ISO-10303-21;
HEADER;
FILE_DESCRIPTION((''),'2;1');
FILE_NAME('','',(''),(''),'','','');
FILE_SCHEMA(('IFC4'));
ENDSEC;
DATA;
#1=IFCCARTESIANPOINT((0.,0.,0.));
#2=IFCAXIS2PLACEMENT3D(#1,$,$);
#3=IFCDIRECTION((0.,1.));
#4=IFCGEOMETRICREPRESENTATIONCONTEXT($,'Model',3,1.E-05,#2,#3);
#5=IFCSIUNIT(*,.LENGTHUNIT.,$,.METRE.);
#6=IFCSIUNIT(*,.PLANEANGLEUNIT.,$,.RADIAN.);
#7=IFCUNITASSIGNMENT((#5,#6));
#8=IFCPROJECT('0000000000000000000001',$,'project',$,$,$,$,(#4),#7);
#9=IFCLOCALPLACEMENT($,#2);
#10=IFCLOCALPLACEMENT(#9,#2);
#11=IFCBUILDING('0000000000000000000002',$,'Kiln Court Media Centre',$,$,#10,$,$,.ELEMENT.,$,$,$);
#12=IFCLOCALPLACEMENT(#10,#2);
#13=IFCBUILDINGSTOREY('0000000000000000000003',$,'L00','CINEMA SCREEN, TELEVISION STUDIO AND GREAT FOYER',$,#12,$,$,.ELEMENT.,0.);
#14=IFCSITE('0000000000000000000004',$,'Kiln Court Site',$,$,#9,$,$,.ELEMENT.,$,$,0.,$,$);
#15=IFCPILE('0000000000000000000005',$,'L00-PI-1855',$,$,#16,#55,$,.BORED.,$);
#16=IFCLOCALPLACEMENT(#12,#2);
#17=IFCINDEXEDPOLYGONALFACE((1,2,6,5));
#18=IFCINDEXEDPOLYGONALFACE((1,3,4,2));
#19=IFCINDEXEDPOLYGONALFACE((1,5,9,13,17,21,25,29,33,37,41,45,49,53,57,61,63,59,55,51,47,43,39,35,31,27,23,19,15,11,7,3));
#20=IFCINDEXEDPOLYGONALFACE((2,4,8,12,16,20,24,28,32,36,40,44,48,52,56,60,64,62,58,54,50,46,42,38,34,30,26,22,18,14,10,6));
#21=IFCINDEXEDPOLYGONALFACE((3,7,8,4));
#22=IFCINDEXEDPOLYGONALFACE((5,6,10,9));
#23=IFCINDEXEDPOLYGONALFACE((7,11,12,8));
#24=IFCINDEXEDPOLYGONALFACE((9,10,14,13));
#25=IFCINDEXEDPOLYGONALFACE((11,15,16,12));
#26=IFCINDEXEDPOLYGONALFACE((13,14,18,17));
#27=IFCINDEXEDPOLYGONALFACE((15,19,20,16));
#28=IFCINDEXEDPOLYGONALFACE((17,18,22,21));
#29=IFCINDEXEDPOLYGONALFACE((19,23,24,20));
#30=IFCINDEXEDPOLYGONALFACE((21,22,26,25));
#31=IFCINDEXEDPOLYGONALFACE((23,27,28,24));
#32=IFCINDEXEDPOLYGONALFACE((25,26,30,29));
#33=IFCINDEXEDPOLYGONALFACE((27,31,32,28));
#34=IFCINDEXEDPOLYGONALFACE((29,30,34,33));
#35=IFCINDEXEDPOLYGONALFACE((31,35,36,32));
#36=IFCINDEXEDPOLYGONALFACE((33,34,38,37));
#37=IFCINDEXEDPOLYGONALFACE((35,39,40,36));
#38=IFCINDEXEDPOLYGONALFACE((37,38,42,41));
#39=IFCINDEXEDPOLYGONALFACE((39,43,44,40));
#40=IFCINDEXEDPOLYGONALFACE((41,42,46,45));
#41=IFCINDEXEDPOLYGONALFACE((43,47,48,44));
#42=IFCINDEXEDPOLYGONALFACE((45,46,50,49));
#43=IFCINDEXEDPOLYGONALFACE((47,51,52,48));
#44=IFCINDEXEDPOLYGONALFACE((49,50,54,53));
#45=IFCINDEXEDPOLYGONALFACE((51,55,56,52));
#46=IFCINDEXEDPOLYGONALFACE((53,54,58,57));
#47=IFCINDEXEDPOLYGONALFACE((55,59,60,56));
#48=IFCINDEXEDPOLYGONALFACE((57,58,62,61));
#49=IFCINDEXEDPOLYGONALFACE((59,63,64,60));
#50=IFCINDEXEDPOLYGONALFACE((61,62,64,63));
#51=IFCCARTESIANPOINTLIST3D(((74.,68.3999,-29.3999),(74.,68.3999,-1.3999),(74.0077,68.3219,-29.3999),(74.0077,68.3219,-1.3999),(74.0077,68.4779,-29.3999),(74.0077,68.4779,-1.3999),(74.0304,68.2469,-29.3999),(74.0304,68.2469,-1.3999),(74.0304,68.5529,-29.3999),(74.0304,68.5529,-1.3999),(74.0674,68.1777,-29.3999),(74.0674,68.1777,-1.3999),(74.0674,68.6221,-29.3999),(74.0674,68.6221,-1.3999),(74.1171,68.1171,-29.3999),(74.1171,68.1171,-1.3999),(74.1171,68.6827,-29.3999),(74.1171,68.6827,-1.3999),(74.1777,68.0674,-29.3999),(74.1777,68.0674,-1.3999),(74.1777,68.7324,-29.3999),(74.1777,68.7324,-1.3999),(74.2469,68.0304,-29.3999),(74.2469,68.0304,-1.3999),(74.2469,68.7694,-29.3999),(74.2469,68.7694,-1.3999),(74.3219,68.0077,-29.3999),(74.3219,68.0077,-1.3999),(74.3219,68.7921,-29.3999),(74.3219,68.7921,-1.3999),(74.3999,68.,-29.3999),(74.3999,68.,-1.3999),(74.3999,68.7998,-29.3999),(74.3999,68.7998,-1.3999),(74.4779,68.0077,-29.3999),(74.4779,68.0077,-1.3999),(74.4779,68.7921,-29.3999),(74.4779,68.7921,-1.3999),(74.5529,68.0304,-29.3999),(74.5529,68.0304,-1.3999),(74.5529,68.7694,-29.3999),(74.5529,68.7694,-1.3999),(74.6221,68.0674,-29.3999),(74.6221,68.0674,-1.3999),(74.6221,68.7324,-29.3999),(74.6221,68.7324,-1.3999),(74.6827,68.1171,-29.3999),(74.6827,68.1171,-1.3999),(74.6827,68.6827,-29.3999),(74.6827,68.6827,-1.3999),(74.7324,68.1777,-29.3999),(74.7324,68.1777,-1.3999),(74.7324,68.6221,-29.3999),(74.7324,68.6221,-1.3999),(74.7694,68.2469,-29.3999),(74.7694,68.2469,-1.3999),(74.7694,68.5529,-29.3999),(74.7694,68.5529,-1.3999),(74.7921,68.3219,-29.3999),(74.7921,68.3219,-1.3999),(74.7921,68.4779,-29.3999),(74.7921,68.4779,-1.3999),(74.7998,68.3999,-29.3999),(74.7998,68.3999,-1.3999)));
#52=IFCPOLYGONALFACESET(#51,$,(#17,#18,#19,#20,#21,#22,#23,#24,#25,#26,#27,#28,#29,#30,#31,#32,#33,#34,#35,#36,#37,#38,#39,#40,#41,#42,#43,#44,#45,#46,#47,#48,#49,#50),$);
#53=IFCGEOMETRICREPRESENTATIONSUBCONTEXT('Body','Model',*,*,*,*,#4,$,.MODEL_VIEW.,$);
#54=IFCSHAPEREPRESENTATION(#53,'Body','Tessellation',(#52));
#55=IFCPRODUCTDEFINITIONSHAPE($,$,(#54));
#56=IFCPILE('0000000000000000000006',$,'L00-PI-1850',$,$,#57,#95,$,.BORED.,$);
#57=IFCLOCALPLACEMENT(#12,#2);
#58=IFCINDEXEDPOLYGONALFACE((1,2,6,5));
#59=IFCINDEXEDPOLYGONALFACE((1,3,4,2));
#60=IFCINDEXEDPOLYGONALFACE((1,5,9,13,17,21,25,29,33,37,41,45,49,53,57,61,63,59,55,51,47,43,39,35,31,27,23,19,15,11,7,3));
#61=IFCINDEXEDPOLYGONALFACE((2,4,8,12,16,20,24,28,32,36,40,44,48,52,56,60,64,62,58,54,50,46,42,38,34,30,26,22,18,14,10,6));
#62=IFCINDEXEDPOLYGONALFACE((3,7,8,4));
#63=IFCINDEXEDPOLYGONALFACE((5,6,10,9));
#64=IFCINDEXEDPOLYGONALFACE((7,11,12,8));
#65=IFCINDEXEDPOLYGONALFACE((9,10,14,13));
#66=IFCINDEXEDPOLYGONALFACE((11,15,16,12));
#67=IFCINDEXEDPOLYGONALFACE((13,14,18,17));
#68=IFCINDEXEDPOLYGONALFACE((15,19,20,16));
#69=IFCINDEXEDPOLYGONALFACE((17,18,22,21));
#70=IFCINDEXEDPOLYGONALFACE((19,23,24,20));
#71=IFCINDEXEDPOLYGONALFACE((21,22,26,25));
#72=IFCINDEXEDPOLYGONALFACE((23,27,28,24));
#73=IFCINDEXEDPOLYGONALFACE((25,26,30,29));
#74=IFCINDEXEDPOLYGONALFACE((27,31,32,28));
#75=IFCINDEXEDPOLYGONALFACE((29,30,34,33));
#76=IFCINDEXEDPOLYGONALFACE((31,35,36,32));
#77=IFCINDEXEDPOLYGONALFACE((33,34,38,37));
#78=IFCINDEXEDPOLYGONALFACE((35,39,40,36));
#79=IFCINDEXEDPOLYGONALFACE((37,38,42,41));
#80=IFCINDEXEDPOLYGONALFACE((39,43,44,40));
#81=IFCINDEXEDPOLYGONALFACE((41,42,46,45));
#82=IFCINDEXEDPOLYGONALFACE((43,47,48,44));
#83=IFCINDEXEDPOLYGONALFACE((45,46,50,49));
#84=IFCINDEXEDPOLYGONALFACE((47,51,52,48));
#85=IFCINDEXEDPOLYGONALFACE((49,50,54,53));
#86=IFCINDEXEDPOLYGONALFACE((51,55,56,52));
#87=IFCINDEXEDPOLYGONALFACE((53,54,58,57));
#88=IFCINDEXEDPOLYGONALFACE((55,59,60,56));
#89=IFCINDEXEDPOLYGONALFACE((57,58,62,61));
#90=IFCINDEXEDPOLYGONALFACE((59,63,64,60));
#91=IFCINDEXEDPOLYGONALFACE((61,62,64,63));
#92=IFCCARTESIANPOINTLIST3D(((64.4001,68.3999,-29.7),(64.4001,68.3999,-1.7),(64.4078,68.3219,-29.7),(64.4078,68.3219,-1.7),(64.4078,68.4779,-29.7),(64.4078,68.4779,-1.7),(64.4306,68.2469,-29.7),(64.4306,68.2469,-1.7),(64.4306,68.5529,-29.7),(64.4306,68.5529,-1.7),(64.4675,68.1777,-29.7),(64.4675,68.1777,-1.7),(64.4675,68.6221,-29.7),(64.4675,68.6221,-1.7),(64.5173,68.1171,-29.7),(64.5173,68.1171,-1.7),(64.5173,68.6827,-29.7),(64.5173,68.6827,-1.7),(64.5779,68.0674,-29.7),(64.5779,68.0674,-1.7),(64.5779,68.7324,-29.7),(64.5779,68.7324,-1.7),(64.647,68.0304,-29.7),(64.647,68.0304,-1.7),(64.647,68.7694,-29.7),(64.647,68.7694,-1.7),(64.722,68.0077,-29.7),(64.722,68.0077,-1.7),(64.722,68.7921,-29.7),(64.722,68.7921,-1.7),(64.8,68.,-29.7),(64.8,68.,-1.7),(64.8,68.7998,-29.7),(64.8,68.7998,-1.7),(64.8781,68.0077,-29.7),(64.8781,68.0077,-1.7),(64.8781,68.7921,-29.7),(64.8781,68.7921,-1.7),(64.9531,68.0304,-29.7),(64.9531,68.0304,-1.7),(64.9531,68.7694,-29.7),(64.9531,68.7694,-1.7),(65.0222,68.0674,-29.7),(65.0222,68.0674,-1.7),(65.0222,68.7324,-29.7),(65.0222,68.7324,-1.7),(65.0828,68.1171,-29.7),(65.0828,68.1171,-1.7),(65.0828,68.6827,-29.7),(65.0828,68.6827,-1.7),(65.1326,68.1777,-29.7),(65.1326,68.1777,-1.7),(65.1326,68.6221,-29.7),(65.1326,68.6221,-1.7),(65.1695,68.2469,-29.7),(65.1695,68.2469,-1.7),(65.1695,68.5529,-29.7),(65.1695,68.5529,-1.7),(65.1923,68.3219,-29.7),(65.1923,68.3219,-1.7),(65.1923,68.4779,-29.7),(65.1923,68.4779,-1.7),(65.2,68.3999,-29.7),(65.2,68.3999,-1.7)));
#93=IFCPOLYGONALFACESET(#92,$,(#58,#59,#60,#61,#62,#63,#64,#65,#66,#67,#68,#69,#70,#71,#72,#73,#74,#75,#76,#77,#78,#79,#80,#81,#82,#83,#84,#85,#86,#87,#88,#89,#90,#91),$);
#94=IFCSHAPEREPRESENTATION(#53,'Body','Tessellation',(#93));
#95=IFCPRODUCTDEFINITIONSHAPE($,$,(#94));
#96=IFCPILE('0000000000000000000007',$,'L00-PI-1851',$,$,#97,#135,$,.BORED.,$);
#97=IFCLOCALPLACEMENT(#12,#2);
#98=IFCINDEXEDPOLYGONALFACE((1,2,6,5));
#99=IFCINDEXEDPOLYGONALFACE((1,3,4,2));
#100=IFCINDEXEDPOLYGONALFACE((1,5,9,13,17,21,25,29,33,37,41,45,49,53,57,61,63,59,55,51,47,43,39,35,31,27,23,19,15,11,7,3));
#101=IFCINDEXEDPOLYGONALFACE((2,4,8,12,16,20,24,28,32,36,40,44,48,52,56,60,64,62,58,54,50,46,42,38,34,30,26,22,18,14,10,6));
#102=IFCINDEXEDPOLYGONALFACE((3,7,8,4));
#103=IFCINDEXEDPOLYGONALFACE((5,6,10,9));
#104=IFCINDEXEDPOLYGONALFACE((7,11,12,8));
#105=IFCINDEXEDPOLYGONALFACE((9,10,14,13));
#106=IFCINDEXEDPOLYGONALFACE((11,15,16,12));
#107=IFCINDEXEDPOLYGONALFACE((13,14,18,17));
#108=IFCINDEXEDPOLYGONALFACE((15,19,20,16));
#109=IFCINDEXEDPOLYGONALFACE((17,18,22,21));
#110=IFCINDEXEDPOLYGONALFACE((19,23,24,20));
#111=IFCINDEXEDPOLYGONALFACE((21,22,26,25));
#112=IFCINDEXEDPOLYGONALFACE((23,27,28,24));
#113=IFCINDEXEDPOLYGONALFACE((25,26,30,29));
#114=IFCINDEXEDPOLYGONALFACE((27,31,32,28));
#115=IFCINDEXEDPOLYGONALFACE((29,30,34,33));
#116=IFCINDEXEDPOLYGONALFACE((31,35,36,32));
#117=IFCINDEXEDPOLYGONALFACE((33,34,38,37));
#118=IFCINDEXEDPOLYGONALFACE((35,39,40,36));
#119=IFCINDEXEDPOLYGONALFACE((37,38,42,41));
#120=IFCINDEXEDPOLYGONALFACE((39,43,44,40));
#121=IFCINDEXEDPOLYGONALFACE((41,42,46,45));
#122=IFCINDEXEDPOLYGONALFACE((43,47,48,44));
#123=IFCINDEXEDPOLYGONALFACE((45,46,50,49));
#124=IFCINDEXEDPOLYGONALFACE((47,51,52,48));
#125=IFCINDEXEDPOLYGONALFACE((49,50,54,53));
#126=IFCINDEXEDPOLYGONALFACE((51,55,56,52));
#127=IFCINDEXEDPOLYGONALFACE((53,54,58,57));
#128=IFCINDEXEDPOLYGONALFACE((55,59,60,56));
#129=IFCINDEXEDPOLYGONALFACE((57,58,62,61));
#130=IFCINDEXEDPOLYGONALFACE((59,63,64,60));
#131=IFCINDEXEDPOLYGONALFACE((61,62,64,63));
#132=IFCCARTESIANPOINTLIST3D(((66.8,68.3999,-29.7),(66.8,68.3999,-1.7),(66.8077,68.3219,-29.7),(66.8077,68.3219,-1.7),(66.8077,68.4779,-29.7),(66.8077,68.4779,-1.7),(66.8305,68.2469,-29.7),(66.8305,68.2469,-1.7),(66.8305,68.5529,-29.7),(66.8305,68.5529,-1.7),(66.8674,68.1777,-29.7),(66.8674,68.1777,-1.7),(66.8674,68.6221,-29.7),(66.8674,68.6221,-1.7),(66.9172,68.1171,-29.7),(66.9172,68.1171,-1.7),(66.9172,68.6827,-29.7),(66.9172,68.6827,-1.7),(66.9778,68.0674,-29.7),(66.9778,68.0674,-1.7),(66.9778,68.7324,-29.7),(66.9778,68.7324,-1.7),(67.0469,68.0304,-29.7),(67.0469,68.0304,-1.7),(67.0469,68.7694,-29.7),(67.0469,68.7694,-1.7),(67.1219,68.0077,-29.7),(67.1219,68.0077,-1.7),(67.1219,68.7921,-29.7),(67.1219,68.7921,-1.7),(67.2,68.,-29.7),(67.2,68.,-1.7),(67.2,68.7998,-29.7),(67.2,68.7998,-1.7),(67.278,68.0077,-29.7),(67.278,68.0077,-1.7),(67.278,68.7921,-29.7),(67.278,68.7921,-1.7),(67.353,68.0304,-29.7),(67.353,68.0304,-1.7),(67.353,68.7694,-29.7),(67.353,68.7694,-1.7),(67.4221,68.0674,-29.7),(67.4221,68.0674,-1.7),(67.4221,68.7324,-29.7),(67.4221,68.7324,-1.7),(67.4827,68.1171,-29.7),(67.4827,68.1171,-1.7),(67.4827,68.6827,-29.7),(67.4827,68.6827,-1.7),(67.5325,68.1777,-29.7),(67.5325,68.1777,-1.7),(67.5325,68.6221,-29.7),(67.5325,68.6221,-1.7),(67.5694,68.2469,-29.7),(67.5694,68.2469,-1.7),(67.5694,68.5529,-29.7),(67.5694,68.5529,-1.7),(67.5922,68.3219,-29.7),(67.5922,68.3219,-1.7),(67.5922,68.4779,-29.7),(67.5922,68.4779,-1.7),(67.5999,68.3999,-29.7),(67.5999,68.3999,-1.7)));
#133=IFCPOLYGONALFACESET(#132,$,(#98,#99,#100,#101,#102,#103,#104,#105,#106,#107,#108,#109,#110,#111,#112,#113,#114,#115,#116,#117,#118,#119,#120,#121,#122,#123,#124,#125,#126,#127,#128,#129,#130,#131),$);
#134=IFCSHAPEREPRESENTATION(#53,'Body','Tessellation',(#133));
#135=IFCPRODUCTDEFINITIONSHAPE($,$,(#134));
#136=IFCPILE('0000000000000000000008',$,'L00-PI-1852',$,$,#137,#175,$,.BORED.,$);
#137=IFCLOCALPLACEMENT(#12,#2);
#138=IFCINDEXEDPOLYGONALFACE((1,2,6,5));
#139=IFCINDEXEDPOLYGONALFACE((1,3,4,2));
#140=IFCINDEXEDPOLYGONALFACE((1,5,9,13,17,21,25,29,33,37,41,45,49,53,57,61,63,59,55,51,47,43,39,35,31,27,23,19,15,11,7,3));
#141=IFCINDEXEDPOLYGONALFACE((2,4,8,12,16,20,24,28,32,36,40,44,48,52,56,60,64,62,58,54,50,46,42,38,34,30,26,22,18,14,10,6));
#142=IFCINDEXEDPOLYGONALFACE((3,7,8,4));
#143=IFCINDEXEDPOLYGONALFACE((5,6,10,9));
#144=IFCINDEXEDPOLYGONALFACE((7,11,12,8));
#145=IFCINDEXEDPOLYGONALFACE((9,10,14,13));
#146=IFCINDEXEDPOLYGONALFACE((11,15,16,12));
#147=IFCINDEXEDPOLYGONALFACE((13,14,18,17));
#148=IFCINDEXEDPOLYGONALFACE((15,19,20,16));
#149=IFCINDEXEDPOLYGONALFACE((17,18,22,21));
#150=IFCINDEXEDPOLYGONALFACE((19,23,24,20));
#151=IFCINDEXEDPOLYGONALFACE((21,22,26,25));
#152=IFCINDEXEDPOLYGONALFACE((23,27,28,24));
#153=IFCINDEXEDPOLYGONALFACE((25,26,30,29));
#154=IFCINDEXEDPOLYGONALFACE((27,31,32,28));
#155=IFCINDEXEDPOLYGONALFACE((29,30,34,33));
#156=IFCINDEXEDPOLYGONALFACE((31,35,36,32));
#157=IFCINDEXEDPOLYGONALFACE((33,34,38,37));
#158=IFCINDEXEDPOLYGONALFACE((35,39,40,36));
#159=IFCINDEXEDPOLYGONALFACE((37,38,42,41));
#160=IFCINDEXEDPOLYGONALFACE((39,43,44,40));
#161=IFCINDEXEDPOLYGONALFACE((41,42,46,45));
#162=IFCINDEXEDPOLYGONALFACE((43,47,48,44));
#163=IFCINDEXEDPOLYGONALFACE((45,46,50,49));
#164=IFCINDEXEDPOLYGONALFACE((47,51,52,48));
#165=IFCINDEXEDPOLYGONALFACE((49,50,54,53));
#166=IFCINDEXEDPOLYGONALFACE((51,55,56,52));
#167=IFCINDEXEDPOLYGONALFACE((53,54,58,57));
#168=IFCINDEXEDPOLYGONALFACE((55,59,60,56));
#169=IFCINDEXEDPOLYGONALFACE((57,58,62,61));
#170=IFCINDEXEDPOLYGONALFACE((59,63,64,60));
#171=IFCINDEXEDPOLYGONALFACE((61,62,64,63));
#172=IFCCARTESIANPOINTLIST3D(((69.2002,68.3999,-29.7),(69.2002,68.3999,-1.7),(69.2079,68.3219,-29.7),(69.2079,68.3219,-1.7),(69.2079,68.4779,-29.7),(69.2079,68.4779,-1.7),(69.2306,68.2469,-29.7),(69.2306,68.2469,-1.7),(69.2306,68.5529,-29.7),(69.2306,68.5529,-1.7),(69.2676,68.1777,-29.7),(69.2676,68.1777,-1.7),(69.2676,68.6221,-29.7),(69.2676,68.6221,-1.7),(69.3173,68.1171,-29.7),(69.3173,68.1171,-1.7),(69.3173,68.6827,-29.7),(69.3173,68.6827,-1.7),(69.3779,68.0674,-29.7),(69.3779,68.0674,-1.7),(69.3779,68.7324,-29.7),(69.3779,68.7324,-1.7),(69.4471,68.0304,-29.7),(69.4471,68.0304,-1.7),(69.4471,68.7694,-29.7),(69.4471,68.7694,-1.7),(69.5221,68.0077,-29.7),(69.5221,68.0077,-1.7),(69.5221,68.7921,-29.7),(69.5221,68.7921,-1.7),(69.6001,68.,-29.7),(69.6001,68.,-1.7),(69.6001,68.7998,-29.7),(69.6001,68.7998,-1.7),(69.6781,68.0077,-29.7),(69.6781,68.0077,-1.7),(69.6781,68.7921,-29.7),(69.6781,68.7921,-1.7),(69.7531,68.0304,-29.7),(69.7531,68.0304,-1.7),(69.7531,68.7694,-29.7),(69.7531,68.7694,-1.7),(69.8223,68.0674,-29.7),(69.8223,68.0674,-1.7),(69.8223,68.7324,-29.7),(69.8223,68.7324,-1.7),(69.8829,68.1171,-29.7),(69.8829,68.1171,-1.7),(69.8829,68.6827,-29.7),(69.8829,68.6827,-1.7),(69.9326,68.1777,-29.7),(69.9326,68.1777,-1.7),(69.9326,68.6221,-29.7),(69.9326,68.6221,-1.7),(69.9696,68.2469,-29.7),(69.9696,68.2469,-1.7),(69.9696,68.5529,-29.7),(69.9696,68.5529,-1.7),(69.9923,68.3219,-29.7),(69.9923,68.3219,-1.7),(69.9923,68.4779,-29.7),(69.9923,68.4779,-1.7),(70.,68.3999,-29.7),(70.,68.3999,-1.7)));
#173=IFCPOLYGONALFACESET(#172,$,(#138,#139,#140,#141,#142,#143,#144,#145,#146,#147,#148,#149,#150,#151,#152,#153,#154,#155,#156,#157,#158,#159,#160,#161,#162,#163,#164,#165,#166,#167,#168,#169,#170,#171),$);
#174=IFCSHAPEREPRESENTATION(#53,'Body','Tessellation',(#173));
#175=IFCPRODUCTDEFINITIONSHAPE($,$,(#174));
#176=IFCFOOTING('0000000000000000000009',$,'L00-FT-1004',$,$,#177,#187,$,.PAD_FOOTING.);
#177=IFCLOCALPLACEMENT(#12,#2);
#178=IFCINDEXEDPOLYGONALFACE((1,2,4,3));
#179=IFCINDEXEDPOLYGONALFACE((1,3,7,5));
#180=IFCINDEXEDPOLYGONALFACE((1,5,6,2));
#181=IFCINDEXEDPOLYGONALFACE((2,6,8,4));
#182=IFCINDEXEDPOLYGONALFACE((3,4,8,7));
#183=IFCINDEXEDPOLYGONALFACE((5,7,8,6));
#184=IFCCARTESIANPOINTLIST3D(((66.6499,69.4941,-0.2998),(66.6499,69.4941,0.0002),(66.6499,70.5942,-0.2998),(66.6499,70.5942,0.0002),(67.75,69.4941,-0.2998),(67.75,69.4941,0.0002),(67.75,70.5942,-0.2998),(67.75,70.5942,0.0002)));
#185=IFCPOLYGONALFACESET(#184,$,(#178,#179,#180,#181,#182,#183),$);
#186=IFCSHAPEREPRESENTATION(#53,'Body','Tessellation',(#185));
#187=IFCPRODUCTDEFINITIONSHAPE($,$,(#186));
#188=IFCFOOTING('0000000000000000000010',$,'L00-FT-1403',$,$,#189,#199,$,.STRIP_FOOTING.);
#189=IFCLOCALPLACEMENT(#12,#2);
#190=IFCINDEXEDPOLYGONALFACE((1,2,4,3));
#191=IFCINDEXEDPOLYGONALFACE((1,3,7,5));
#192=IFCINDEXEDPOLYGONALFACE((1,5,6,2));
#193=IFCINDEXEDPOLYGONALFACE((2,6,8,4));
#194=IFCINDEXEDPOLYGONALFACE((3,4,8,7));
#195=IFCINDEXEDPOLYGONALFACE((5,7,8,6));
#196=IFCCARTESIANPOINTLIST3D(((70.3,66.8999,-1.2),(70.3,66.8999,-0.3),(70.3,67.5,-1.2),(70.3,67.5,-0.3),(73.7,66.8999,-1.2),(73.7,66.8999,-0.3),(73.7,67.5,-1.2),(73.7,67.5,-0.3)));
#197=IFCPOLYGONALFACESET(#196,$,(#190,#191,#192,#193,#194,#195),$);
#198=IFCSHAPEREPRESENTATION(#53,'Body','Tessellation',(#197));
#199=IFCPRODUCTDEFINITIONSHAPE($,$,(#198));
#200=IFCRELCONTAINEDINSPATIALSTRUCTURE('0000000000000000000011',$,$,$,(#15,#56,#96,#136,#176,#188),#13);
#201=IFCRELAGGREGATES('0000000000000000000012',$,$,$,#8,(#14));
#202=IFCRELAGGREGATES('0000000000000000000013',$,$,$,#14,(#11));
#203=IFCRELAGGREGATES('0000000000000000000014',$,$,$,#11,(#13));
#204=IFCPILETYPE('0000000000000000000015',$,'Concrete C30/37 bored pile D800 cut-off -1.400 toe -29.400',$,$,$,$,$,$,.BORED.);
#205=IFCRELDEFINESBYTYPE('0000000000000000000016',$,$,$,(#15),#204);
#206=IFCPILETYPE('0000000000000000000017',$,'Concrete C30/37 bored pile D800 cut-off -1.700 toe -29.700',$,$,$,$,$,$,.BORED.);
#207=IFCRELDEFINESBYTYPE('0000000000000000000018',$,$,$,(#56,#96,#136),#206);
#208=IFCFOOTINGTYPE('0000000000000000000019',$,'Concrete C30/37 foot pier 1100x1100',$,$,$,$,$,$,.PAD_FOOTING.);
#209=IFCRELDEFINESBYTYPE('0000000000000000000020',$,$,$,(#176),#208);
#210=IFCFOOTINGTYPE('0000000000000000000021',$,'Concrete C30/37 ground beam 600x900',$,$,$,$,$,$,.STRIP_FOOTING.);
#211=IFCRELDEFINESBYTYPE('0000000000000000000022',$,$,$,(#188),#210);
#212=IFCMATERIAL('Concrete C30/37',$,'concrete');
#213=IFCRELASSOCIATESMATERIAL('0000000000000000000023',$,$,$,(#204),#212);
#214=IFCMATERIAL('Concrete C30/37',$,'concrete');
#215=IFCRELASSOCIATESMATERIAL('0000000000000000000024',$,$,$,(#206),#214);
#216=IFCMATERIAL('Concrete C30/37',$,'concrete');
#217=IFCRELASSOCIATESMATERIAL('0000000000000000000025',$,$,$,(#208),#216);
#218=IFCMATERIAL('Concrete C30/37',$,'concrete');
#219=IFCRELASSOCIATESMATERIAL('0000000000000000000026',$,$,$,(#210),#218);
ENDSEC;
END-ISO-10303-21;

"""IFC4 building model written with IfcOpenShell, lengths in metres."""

from ifc_helpers import new_model, si_unit, direction, frame, origin, origin_2d, place, context, subcontext, project, spatial, rectangle, circle, extrude, material, material_profile, profile_set, type_object, element, save


model = new_model("IFC4")

# Units and contexts
model_context = context("Model", 3, precision=1e-05, world=origin(), true_north=direction((0.0, 1.0)))
body_context = subcontext(model_context, "Body", "Model", "MODEL_VIEW")
ifc_project = project(units=[si_unit("LENGTHUNIT", "METRE"), si_unit("PLANEANGLEUNIT", "RADIAN")], contexts=[model_context])

# Site, building, storey
site_placement = place(None, origin())
site = spatial("IfcSite", under=ifc_project, at=site_placement, Name="Kiln Court Site", CompositionType="ELEMENT", RefElevation=0.0)
building_placement = place(site_placement, origin())
building = spatial("IfcBuilding", under=site, at=building_placement, Name="Kiln Court Media Centre", CompositionType="ELEMENT")
storey_placement = place(building_placement, origin())
storey = spatial("IfcBuildingStorey", under=building, at=storey_placement, Name="L00", Description="CINEMA SCREEN, TELEVISION STUDIO AND GREAT FOYER", CompositionType="ELEMENT", Elevation=0.0)

# Piles
ifc_material_1 = material(Name="Concrete C30/37", Category="concrete")
ifc_material_profile_1 = material_profile(ifc_material_1, circle(Radius=0.3999, at=origin_2d()), Name="PILE D800")
ifc_profile_set_1 = profile_set([ifc_material_profile_1], Name="Concrete C30/37")
pile_type_1 = type_object("IfcPileType", Name="Concrete C30/37 bored pile D800 cut-off -1.400 toe -29.400", PredefinedType="BORED", material=ifc_profile_set_1)
pile_placement = place(storey_placement, frame((74.3999, 68.3999, -1.3999), z_axis=(0.0, 0.0, -1.0), x_axis=(1.0, 0.0, 0.0)))
element("IfcPile", 1, at=pile_placement, inside=storey, type_object=pile_type_1, Name="L00-PI-1855", PredefinedType="BORED", context=body_context, shape_type="SweptSolid", body=[
    extrude(circle(Radius=0.3999, at=origin_2d()), origin(), (0.0, 0.0, 1.0), 28.0),
])
ifc_material_2 = material(Name="Concrete C30/37", Category="concrete")
ifc_material_profile_2 = material_profile(ifc_material_2, circle(Radius=0.3999, at=origin_2d()), Name="PILE D800")
ifc_profile_set_2 = profile_set([ifc_material_profile_2], Name="Concrete C30/37")
pile_type_2 = type_object("IfcPileType", Name="Concrete C30/37 bored pile D800 cut-off -1.700 toe -29.700", PredefinedType="BORED", material=ifc_profile_set_2)
for number, where, z_axis, x_axis, name in (
    (2, (64.8, 68.3999, -1.7), (0.0, 0.0, -1.0), (1.0, 0.0, 0.0), "L00-PI-1850"),
    (3, (67.2, 68.3999, -1.7), (0.0, 0.0, -1.0), (1.0, 0.0, 0.0), "L00-PI-1851"),
    (4, (69.6001, 68.3999, -1.7), (0.0, 0.0, -1.0), (1.0, 0.0, 0.0), "L00-PI-1852"),
):
    element("IfcPile", number, at=place(storey_placement, frame(where, z_axis=z_axis, x_axis=x_axis)), inside=storey, type_object=pile_type_2, Name=name, PredefinedType="BORED", context=body_context, shape_type="SweptSolid", body=[
        extrude(circle(Radius=0.3999, at=origin_2d()), origin(), (0.0, 0.0, 1.0), 28.0),
    ])

# Footings
ifc_material_3 = material(Name="Concrete C30/37", Category="concrete")
footing_type_1 = type_object("IfcFootingType", Name="Concrete C30/37 foot pier 1100x1100", PredefinedType="PAD_FOOTING", material=ifc_material_3)
footing_1_placement = place(storey_placement, frame((67.2, 70.0442, -0.2998), z_axis=(0.0, 0.0, 1.0), x_axis=(1.0, 0.0, 0.0)))
element("IfcFooting", 5, at=footing_1_placement, inside=storey, type_object=footing_type_1, Name="L00-FT-1004", PredefinedType="PAD_FOOTING", context=body_context, shape_type="SweptSolid", body=[
    extrude(rectangle(XDim=1.1001, YDim=1.1001, at=origin_2d()), origin(), (0.0, 0.0, 1.0), 0.3),
])
ifc_material_4 = material(Name="Concrete C30/37", Category="concrete")
footing_type_2 = type_object("IfcFootingType", Name="Concrete C30/37 ground beam 600x900", PredefinedType="STRIP_FOOTING", material=ifc_material_4)
footing_2_placement = place(storey_placement, frame((72.0, 67.2, -1.2), z_axis=(0.0, 0.0, 1.0), x_axis=(1.0, 0.0, 0.0)))
element("IfcFooting", 6, at=footing_2_placement, inside=storey, type_object=footing_type_2, Name="L00-FT-1403", PredefinedType="STRIP_FOOTING", context=body_context, shape_type="SweptSolid", body=[
    extrude(rectangle(XDim=3.3999, YDim=0.6001, at=origin_2d()), origin(), (0.0, 0.0, 1.0), 0.8999),
])

save(model, "model.ifc")
